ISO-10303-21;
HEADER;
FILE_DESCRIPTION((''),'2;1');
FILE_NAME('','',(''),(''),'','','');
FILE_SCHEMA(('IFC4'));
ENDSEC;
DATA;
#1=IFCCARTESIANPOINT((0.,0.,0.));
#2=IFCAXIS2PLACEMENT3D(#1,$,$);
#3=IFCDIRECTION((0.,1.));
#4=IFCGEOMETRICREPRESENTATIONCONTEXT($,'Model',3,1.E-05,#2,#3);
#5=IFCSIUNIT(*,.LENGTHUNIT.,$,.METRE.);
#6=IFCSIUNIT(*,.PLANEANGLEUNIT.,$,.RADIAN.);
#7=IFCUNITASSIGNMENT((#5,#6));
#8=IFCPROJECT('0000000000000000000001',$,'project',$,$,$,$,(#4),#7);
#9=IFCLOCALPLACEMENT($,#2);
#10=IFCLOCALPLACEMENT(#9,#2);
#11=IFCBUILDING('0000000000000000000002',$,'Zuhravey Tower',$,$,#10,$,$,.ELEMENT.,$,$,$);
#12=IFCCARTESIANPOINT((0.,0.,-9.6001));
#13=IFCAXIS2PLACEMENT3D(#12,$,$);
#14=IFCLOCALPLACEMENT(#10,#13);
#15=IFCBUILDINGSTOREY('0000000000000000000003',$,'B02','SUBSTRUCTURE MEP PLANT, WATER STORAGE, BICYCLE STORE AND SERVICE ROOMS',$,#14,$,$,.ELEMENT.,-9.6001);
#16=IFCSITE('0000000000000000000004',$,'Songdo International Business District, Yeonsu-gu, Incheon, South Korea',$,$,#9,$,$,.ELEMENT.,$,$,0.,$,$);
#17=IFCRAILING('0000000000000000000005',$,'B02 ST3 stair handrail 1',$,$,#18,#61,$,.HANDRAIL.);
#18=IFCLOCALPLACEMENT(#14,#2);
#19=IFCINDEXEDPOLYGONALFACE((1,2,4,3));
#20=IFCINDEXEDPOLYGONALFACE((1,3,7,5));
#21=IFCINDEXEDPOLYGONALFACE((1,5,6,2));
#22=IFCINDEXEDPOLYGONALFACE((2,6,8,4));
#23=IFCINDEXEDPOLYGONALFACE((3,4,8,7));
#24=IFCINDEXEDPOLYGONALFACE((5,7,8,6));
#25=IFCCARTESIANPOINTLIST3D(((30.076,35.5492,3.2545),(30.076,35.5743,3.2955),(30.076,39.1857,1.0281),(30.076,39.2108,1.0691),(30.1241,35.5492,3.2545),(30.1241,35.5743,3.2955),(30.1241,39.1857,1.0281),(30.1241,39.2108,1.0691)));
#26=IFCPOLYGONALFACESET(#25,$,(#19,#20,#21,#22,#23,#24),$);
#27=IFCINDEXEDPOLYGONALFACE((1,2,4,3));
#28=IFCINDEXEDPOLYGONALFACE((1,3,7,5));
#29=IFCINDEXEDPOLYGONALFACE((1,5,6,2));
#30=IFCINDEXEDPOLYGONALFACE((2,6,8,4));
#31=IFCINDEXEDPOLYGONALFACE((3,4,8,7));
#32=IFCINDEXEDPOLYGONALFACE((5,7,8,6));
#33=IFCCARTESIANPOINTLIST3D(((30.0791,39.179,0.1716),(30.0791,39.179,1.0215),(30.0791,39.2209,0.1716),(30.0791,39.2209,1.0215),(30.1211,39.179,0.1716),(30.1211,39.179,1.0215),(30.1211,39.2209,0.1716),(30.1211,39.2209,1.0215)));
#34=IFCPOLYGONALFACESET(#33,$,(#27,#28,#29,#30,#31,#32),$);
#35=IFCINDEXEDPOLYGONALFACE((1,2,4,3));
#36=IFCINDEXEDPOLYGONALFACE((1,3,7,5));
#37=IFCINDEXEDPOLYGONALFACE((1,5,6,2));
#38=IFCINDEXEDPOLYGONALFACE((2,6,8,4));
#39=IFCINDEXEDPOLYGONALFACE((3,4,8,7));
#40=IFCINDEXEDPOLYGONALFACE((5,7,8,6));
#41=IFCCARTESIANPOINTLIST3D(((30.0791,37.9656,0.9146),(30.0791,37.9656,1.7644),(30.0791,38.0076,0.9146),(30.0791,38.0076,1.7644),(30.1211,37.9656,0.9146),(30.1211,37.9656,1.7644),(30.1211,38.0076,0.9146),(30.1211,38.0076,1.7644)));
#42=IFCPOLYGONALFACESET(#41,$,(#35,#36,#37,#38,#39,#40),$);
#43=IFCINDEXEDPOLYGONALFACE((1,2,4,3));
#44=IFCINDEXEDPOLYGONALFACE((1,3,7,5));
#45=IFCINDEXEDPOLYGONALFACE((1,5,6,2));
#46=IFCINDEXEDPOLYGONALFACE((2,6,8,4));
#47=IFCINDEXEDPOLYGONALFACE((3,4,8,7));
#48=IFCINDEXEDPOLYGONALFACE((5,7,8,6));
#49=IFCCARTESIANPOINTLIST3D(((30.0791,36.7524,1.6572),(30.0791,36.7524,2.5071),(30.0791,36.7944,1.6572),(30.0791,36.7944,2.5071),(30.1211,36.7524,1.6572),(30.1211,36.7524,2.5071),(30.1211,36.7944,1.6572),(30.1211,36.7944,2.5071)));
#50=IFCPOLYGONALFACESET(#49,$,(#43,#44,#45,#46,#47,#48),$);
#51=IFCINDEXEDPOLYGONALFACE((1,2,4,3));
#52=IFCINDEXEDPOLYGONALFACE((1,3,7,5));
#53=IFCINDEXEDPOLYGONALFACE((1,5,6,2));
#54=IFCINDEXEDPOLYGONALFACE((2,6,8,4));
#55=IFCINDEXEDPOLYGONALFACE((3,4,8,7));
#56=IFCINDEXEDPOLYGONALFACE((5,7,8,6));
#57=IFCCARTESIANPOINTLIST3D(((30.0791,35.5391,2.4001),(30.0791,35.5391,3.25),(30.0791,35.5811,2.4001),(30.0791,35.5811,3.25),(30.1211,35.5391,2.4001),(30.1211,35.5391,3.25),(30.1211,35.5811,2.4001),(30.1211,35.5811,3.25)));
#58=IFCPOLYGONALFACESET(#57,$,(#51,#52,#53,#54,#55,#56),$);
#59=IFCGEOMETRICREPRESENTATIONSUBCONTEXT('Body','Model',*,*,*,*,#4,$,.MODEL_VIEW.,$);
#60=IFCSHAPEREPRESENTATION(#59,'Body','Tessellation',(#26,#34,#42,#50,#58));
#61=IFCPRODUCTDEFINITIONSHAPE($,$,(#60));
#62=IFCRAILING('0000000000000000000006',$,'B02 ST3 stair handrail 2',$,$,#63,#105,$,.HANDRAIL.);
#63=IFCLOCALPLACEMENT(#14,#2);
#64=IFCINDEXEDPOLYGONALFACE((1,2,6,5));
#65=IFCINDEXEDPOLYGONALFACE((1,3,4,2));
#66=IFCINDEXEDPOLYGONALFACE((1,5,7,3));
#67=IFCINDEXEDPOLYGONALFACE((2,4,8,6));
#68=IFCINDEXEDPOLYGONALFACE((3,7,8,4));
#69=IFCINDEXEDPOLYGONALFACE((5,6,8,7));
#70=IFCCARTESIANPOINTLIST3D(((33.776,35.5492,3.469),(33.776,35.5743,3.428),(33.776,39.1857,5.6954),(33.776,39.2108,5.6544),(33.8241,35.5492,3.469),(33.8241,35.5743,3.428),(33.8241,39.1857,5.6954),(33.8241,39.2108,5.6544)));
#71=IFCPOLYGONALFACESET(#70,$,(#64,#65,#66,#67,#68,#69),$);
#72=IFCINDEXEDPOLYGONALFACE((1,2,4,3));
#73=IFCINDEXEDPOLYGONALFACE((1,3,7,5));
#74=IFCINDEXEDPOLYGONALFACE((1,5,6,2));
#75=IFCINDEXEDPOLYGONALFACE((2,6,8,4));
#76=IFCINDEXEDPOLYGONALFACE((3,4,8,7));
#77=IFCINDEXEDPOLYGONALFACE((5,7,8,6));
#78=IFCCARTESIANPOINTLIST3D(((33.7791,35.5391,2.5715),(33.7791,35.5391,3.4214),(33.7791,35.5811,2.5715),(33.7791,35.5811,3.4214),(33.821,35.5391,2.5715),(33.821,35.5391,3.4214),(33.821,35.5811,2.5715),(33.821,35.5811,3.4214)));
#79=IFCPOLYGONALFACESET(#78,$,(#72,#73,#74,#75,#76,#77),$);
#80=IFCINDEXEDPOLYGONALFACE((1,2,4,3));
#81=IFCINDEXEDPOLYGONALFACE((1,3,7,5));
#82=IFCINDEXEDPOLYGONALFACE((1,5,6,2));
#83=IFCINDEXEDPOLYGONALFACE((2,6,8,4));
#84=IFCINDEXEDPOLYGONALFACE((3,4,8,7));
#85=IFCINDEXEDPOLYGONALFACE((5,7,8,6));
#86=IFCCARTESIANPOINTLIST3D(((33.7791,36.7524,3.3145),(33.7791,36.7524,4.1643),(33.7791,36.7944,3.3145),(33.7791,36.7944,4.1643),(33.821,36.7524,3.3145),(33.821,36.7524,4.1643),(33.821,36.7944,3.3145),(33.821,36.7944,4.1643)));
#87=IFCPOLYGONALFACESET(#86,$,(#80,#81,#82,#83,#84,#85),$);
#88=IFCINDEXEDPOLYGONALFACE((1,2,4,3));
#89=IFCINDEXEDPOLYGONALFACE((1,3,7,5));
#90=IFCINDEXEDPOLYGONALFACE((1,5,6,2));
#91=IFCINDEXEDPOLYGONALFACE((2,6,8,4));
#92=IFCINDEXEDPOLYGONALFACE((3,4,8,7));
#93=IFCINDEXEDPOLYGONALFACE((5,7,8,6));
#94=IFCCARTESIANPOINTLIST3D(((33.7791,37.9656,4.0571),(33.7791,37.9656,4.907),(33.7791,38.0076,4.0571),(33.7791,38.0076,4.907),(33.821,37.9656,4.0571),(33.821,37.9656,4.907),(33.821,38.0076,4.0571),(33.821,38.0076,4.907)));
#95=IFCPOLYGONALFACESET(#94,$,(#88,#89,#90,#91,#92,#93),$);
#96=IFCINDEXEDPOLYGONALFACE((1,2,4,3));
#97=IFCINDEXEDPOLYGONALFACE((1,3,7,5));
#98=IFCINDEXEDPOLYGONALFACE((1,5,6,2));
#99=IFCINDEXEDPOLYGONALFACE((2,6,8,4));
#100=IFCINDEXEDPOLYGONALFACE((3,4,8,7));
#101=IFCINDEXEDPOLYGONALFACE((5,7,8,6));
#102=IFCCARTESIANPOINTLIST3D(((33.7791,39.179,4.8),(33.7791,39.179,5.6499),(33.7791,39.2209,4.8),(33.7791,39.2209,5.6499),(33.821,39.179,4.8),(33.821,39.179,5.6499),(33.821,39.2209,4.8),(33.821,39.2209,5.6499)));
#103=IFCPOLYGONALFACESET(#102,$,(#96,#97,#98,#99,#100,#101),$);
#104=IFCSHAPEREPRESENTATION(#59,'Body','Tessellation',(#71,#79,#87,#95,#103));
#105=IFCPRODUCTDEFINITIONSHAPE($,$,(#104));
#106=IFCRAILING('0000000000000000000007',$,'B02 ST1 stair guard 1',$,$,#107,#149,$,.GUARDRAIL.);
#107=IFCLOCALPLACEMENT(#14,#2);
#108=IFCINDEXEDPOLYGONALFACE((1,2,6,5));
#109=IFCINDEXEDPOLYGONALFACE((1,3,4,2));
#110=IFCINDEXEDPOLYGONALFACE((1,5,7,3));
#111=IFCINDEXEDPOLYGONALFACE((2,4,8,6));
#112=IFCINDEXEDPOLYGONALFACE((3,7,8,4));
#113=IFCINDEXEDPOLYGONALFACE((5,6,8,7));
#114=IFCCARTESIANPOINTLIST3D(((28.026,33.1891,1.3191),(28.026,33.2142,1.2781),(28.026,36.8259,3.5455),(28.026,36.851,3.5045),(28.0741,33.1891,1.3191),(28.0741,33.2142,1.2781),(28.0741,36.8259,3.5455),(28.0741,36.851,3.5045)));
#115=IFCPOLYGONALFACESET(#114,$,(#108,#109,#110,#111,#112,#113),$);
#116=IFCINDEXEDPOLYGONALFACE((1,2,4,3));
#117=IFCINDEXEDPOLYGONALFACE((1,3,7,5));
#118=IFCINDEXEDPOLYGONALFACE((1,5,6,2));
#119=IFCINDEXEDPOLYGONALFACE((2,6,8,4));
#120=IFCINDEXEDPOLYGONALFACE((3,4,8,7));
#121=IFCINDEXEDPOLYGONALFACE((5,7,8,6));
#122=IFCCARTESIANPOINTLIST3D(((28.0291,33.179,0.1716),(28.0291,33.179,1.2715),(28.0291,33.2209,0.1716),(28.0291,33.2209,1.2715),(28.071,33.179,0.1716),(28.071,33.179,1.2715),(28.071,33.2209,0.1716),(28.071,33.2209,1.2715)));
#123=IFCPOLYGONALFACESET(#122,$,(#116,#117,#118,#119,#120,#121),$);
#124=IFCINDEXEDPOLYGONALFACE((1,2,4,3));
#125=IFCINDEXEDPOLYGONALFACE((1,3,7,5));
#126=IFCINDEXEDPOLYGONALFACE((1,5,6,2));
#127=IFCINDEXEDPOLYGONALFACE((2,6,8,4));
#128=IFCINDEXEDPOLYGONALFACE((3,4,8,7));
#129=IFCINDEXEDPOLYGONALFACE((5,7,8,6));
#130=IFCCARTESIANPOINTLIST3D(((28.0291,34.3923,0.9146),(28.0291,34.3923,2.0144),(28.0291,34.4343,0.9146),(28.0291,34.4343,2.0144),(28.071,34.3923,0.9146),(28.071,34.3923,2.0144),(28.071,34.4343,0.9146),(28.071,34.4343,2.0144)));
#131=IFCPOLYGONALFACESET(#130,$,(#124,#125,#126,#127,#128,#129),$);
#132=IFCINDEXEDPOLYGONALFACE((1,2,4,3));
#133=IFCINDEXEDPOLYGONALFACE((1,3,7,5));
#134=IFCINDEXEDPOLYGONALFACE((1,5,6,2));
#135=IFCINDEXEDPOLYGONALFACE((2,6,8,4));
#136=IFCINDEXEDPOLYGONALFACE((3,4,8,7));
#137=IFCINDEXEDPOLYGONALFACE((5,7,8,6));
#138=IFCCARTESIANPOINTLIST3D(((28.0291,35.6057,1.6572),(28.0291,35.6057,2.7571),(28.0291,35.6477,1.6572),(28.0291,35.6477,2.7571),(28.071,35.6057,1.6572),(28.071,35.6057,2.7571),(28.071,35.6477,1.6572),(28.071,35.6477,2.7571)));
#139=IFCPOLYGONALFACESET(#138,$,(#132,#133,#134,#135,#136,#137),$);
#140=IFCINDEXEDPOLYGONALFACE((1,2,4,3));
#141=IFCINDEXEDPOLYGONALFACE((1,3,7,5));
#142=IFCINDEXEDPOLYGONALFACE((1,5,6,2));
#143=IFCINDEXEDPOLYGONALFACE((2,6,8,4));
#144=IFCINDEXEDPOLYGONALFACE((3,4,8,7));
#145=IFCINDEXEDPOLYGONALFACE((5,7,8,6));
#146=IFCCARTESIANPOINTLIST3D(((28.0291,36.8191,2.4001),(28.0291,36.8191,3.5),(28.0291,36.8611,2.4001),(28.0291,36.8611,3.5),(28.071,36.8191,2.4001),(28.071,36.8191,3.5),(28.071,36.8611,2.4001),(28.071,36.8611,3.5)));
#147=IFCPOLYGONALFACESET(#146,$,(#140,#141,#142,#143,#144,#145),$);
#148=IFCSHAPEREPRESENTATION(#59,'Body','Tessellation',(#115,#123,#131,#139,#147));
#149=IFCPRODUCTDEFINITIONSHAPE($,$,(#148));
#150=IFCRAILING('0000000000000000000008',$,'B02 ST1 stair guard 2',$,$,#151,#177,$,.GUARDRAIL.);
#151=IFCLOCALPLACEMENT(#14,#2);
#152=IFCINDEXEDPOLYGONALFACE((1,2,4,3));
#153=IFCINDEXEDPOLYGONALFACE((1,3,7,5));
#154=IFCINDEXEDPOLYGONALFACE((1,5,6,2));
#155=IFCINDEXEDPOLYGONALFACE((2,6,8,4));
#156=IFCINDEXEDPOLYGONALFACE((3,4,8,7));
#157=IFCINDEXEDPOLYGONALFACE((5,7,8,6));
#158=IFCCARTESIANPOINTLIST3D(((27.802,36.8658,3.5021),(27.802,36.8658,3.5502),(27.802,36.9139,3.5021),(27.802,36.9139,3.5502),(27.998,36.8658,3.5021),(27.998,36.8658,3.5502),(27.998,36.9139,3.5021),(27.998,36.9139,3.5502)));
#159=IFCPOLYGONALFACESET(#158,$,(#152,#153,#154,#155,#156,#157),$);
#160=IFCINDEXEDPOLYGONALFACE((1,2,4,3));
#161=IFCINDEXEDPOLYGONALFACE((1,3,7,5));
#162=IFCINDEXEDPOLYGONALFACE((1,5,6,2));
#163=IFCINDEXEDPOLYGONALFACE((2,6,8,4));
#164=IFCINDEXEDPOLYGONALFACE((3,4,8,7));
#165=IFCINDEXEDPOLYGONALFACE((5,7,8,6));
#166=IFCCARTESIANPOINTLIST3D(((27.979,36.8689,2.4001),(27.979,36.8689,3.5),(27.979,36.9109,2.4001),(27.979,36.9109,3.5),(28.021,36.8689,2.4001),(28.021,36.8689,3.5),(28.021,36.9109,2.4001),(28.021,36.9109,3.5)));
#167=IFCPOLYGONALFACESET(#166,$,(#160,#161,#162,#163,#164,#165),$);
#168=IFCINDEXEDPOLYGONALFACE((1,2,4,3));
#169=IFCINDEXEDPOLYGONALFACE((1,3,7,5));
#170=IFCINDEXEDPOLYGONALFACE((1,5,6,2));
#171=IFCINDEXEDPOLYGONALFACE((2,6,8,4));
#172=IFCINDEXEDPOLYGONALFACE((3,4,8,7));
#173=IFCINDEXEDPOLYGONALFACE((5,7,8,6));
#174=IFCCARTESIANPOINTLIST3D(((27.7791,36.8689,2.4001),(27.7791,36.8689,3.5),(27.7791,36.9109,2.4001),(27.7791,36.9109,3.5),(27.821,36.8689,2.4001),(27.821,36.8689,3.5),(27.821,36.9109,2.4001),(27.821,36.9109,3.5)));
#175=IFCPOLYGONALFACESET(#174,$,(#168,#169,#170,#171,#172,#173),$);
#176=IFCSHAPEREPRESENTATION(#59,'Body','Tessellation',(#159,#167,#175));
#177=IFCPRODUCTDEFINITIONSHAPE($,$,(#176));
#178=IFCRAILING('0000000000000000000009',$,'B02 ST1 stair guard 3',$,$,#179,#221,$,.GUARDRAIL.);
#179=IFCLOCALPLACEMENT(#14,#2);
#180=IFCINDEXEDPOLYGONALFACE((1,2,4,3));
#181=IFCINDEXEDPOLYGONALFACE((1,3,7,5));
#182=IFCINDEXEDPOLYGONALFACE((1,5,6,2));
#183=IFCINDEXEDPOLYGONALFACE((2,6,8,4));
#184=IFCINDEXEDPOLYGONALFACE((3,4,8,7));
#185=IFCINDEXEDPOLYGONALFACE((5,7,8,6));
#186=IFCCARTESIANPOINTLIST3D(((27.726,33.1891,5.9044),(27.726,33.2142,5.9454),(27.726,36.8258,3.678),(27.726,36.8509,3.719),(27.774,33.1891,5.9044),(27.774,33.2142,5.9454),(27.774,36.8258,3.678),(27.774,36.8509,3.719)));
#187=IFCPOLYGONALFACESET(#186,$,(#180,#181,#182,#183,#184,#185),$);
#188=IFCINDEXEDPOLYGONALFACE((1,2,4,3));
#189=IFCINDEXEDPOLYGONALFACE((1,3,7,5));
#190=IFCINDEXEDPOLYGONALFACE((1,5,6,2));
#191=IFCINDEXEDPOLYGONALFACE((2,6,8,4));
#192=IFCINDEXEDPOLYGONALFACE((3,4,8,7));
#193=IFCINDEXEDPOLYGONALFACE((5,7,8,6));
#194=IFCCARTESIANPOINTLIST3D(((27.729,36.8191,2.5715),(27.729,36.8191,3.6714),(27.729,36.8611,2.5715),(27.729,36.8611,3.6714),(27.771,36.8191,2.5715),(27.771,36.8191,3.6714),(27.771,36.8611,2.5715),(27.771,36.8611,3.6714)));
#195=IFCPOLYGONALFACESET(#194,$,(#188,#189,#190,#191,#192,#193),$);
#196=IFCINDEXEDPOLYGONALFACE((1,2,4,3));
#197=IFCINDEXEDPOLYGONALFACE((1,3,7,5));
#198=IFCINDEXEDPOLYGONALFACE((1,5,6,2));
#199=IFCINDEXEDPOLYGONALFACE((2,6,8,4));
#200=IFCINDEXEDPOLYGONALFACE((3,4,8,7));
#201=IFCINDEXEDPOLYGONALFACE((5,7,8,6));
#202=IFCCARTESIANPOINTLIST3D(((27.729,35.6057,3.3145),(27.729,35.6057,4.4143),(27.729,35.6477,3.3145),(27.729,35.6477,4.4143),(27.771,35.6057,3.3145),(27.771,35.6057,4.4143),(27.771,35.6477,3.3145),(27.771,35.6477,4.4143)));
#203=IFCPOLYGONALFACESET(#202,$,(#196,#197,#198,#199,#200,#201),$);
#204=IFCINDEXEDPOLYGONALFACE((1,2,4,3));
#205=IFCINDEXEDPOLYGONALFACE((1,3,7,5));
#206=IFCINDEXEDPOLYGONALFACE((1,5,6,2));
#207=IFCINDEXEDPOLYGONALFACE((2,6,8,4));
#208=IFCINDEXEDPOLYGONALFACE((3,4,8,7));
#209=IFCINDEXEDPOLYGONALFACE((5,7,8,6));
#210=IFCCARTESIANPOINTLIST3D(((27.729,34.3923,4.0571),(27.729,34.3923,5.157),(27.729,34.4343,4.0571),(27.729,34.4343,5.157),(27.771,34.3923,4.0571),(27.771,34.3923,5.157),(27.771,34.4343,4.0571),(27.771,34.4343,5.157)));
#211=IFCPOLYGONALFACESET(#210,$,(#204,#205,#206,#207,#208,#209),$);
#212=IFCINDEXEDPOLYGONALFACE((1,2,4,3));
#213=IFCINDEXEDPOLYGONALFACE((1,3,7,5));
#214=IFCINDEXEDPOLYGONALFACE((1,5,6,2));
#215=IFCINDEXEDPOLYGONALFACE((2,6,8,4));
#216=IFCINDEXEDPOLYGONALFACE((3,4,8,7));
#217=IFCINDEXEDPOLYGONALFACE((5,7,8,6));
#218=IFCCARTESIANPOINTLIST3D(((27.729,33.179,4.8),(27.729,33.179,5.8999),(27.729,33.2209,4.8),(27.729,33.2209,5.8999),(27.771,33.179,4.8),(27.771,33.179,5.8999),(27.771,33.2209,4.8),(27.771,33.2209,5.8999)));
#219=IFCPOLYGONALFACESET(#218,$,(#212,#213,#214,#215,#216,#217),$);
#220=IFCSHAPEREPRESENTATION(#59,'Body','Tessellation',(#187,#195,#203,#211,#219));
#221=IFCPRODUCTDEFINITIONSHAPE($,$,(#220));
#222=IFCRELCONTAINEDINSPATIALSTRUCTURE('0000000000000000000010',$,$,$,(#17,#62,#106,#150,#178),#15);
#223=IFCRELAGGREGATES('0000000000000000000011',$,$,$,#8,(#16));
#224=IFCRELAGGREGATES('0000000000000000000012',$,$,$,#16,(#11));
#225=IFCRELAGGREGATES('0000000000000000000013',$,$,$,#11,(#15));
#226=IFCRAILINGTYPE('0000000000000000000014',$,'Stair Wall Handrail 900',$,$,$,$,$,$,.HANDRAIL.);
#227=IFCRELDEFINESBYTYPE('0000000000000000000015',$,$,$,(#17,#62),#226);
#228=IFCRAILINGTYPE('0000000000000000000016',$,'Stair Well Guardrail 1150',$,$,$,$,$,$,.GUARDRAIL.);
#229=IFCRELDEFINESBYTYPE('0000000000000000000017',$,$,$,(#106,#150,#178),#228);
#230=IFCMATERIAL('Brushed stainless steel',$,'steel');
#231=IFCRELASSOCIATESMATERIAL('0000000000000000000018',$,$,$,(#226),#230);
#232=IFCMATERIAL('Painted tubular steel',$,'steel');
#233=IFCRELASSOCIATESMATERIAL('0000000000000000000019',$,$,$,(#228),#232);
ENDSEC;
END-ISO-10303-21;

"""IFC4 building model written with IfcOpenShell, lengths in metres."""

from ifc_helpers import new_model, si_unit, direction, frame, origin, origin_2d, place, context, subcontext, project, spatial, rectangle, extrude, material, type_object, element, save


model = new_model("IFC4")

# Units and contexts
model_context = context("Model", 3, precision=1e-05, world=origin(), true_north=direction((0.0, 1.0)))
body_context = subcontext(model_context, "Body", "Model", "MODEL_VIEW")
ifc_project = project(units=[si_unit("LENGTHUNIT", "METRE"), si_unit("PLANEANGLEUNIT", "RADIAN")], contexts=[model_context])

# Site, building, storey
site_placement = place(None, origin())
site = spatial("IfcSite", under=ifc_project, at=site_placement, Name="Songdo International Business District, Yeonsu-gu, Incheon, South Korea", CompositionType="ELEMENT", RefElevation=0.0)
building_placement = place(site_placement, origin())
building = spatial("IfcBuilding", under=site, at=building_placement, Name="Zuhravey Tower", CompositionType="ELEMENT")
storey_placement = place(building_placement, frame((0.0, 0.0, -9.6001)))
storey = spatial("IfcBuildingStorey", under=building, at=storey_placement, Name="B02", Description="SUBSTRUCTURE MEP PLANT, WATER STORAGE, BICYCLE STORE AND SERVICE ROOMS", CompositionType="ELEMENT", Elevation=-9.6001)

# Railings
ifc_material_1 = material(Name="Brushed stainless steel", Category="steel")
railing_type_1 = type_object("IfcRailingType", Name="Stair Wall Handrail 900", PredefinedType="HANDRAIL", material=ifc_material_1)
railing_1_placement = place(storey_placement, frame((30.1001, 39.2, 0.1716)))
element("IfcRailing", 1, at=railing_1_placement, inside=storey, type_object=railing_type_1, Name="B02 ST3 stair handrail 1", PredefinedType="HANDRAIL", context=body_context, shape_type="SweptSolid", body=[
    extrude(rectangle(XDim=0.0481, YDim=0.0481, at=origin_2d()), frame((0.0, -0.0017, 0.877), z_axis=(0.0, -0.85285, 0.522156), x_axis=(1.0, 0.0, 0.0)), (0.0, 0.0, 1.0), 4.2639),
    extrude(rectangle(XDim=0.042, YDim=0.042, at=origin_2d()), origin(), (0.0, 0.0, 1.0), 0.8499),
    extrude(rectangle(XDim=0.042, YDim=0.042, at=origin_2d()), frame((0.0, -1.2134, 0.7429)), (0.0, 0.0, 1.0), 0.8499),
    extrude(rectangle(XDim=0.042, YDim=0.042, at=origin_2d()), frame((0.0, -2.4265, 1.4856)), (0.0, 0.0, 1.0), 0.8499),
    extrude(rectangle(XDim=0.042, YDim=0.042, at=origin_2d()), frame((0.0, -3.6399, 2.2285)), (0.0, 0.0, 1.0), 0.8499),
])
railing_2_placement = place(storey_placement, frame((33.8, 35.5601, 2.5715)))
element("IfcRailing", 2, at=railing_2_placement, inside=storey, type_object=railing_type_1, Name="B02 ST3 stair handrail 2", PredefinedType="HANDRAIL", context=body_context, shape_type="SweptSolid", body=[
    extrude(rectangle(XDim=0.0481, YDim=0.0481, at=origin_2d()), frame((0.0, 0.0017, 0.877), z_axis=(0.0, 0.85285, 0.522156), x_axis=(-1.0, 0.0, 0.0)), (0.0, 0.0, 1.0), 4.2639),
    extrude(rectangle(XDim=0.042, YDim=0.042, at=origin_2d()), origin(), (0.0, 0.0, 1.0), 0.8499),
    extrude(rectangle(XDim=0.042, YDim=0.042, at=origin_2d()), frame((0.0, 1.2134, 0.7429)), (0.0, 0.0, 1.0), 0.8499),
    extrude(rectangle(XDim=0.042, YDim=0.042, at=origin_2d()), frame((0.0, 2.4265, 1.4856)), (0.0, 0.0, 1.0), 0.8499),
    extrude(rectangle(XDim=0.042, YDim=0.042, at=origin_2d()), frame((0.0, 3.6399, 2.2285)), (0.0, 0.0, 1.0), 0.8499),
])
ifc_material_2 = material(Name="Painted tubular steel", Category="steel")
railing_type_2 = type_object("IfcRailingType", Name="Stair Well Guardrail 1150", PredefinedType="GUARDRAIL", material=ifc_material_2)
railing_3_placement = place(storey_placement, frame((28.05, 33.2, 0.1716)))
element("IfcRailing", 3, at=railing_3_placement, inside=storey, type_object=railing_type_2, Name="B02 ST1 stair guard 1", PredefinedType="GUARDRAIL", context=body_context, shape_type="SweptSolid", body=[
    extrude(rectangle(XDim=0.0481, YDim=0.0481, at=origin_2d()), frame((0.0, 0.0017, 1.127), z_axis=(0.0, 0.852866, 0.52213), x_axis=(-1.0, 0.0, 0.0)), (0.0, 0.0, 1.0), 4.2642),
    extrude(rectangle(XDim=0.042, YDim=0.042, at=origin_2d()), origin(), (0.0, 0.0, 1.0), 1.0999),
    extrude(rectangle(XDim=0.042, YDim=0.042, at=origin_2d()), frame((0.0, 1.2134, 0.7429)), (0.0, 0.0, 1.0), 1.0999),
    extrude(rectangle(XDim=0.042, YDim=0.042, at=origin_2d()), frame((0.0, 2.4268, 1.4856)), (0.0, 0.0, 1.0), 1.0999),
    extrude(rectangle(XDim=0.042, YDim=0.042, at=origin_2d()), frame((0.0, 3.6401, 2.2285)), (0.0, 0.0, 1.0), 1.0999),
])
railing_4_placement = place(storey_placement, frame((28.0, 36.8899, 2.4001)))
element("IfcRailing", 4, at=railing_4_placement, inside=storey, type_object=railing_type_2, Name="B02 ST1 stair guard 2", PredefinedType="GUARDRAIL", context=body_context, shape_type="SweptSolid", body=[
    extrude(rectangle(XDim=0.0481, YDim=0.0481, at=origin_2d()), frame((-0.002, 0.0, 1.126), z_axis=(-1.0, 0.0, 0.0), x_axis=(0.0, -1.0, 0.0)), (0.0, 0.0, 1.0), 0.196),
    extrude(rectangle(XDim=0.042, YDim=0.042, at=origin_2d()), origin(), (0.0, 0.0, 1.0), 1.0999),
    extrude(rectangle(XDim=0.042, YDim=0.042, at=origin_2d()), frame((-0.2, 0.0, 0.0)), (0.0, 0.0, 1.0), 1.0999),
])
railing_5_placement = place(storey_placement, frame((27.75, 36.8401, 2.5715)))
element("IfcRailing", 5, at=railing_5_placement, inside=storey, type_object=railing_type_2, Name="B02 ST1 stair guard 3", PredefinedType="GUARDRAIL", context=body_context, shape_type="SweptSolid", body=[
    extrude(rectangle(XDim=0.0481, YDim=0.0481, at=origin_2d()), frame((0.0, -0.0017, 1.127), z_axis=(0.0, -0.852866, 0.52213), x_axis=(1.0, 0.0, 0.0)), (0.0, 0.0, 1.0), 4.2642),
    extrude(rectangle(XDim=0.042, YDim=0.042, at=origin_2d()), origin(), (0.0, 0.0, 1.0), 1.0999),
    extrude(rectangle(XDim=0.042, YDim=0.042, at=origin_2d()), frame((0.0, -1.2134, 0.7429)), (0.0, 0.0, 1.0), 1.0999),
    extrude(rectangle(XDim=0.042, YDim=0.042, at=origin_2d()), frame((0.0, -2.4268, 1.4856)), (0.0, 0.0, 1.0), 1.0999),
    extrude(rectangle(XDim=0.042, YDim=0.042, at=origin_2d()), frame((0.0, -3.6401, 2.2285)), (0.0, 0.0, 1.0), 1.0999),
])

save(model, "model.ifc")
